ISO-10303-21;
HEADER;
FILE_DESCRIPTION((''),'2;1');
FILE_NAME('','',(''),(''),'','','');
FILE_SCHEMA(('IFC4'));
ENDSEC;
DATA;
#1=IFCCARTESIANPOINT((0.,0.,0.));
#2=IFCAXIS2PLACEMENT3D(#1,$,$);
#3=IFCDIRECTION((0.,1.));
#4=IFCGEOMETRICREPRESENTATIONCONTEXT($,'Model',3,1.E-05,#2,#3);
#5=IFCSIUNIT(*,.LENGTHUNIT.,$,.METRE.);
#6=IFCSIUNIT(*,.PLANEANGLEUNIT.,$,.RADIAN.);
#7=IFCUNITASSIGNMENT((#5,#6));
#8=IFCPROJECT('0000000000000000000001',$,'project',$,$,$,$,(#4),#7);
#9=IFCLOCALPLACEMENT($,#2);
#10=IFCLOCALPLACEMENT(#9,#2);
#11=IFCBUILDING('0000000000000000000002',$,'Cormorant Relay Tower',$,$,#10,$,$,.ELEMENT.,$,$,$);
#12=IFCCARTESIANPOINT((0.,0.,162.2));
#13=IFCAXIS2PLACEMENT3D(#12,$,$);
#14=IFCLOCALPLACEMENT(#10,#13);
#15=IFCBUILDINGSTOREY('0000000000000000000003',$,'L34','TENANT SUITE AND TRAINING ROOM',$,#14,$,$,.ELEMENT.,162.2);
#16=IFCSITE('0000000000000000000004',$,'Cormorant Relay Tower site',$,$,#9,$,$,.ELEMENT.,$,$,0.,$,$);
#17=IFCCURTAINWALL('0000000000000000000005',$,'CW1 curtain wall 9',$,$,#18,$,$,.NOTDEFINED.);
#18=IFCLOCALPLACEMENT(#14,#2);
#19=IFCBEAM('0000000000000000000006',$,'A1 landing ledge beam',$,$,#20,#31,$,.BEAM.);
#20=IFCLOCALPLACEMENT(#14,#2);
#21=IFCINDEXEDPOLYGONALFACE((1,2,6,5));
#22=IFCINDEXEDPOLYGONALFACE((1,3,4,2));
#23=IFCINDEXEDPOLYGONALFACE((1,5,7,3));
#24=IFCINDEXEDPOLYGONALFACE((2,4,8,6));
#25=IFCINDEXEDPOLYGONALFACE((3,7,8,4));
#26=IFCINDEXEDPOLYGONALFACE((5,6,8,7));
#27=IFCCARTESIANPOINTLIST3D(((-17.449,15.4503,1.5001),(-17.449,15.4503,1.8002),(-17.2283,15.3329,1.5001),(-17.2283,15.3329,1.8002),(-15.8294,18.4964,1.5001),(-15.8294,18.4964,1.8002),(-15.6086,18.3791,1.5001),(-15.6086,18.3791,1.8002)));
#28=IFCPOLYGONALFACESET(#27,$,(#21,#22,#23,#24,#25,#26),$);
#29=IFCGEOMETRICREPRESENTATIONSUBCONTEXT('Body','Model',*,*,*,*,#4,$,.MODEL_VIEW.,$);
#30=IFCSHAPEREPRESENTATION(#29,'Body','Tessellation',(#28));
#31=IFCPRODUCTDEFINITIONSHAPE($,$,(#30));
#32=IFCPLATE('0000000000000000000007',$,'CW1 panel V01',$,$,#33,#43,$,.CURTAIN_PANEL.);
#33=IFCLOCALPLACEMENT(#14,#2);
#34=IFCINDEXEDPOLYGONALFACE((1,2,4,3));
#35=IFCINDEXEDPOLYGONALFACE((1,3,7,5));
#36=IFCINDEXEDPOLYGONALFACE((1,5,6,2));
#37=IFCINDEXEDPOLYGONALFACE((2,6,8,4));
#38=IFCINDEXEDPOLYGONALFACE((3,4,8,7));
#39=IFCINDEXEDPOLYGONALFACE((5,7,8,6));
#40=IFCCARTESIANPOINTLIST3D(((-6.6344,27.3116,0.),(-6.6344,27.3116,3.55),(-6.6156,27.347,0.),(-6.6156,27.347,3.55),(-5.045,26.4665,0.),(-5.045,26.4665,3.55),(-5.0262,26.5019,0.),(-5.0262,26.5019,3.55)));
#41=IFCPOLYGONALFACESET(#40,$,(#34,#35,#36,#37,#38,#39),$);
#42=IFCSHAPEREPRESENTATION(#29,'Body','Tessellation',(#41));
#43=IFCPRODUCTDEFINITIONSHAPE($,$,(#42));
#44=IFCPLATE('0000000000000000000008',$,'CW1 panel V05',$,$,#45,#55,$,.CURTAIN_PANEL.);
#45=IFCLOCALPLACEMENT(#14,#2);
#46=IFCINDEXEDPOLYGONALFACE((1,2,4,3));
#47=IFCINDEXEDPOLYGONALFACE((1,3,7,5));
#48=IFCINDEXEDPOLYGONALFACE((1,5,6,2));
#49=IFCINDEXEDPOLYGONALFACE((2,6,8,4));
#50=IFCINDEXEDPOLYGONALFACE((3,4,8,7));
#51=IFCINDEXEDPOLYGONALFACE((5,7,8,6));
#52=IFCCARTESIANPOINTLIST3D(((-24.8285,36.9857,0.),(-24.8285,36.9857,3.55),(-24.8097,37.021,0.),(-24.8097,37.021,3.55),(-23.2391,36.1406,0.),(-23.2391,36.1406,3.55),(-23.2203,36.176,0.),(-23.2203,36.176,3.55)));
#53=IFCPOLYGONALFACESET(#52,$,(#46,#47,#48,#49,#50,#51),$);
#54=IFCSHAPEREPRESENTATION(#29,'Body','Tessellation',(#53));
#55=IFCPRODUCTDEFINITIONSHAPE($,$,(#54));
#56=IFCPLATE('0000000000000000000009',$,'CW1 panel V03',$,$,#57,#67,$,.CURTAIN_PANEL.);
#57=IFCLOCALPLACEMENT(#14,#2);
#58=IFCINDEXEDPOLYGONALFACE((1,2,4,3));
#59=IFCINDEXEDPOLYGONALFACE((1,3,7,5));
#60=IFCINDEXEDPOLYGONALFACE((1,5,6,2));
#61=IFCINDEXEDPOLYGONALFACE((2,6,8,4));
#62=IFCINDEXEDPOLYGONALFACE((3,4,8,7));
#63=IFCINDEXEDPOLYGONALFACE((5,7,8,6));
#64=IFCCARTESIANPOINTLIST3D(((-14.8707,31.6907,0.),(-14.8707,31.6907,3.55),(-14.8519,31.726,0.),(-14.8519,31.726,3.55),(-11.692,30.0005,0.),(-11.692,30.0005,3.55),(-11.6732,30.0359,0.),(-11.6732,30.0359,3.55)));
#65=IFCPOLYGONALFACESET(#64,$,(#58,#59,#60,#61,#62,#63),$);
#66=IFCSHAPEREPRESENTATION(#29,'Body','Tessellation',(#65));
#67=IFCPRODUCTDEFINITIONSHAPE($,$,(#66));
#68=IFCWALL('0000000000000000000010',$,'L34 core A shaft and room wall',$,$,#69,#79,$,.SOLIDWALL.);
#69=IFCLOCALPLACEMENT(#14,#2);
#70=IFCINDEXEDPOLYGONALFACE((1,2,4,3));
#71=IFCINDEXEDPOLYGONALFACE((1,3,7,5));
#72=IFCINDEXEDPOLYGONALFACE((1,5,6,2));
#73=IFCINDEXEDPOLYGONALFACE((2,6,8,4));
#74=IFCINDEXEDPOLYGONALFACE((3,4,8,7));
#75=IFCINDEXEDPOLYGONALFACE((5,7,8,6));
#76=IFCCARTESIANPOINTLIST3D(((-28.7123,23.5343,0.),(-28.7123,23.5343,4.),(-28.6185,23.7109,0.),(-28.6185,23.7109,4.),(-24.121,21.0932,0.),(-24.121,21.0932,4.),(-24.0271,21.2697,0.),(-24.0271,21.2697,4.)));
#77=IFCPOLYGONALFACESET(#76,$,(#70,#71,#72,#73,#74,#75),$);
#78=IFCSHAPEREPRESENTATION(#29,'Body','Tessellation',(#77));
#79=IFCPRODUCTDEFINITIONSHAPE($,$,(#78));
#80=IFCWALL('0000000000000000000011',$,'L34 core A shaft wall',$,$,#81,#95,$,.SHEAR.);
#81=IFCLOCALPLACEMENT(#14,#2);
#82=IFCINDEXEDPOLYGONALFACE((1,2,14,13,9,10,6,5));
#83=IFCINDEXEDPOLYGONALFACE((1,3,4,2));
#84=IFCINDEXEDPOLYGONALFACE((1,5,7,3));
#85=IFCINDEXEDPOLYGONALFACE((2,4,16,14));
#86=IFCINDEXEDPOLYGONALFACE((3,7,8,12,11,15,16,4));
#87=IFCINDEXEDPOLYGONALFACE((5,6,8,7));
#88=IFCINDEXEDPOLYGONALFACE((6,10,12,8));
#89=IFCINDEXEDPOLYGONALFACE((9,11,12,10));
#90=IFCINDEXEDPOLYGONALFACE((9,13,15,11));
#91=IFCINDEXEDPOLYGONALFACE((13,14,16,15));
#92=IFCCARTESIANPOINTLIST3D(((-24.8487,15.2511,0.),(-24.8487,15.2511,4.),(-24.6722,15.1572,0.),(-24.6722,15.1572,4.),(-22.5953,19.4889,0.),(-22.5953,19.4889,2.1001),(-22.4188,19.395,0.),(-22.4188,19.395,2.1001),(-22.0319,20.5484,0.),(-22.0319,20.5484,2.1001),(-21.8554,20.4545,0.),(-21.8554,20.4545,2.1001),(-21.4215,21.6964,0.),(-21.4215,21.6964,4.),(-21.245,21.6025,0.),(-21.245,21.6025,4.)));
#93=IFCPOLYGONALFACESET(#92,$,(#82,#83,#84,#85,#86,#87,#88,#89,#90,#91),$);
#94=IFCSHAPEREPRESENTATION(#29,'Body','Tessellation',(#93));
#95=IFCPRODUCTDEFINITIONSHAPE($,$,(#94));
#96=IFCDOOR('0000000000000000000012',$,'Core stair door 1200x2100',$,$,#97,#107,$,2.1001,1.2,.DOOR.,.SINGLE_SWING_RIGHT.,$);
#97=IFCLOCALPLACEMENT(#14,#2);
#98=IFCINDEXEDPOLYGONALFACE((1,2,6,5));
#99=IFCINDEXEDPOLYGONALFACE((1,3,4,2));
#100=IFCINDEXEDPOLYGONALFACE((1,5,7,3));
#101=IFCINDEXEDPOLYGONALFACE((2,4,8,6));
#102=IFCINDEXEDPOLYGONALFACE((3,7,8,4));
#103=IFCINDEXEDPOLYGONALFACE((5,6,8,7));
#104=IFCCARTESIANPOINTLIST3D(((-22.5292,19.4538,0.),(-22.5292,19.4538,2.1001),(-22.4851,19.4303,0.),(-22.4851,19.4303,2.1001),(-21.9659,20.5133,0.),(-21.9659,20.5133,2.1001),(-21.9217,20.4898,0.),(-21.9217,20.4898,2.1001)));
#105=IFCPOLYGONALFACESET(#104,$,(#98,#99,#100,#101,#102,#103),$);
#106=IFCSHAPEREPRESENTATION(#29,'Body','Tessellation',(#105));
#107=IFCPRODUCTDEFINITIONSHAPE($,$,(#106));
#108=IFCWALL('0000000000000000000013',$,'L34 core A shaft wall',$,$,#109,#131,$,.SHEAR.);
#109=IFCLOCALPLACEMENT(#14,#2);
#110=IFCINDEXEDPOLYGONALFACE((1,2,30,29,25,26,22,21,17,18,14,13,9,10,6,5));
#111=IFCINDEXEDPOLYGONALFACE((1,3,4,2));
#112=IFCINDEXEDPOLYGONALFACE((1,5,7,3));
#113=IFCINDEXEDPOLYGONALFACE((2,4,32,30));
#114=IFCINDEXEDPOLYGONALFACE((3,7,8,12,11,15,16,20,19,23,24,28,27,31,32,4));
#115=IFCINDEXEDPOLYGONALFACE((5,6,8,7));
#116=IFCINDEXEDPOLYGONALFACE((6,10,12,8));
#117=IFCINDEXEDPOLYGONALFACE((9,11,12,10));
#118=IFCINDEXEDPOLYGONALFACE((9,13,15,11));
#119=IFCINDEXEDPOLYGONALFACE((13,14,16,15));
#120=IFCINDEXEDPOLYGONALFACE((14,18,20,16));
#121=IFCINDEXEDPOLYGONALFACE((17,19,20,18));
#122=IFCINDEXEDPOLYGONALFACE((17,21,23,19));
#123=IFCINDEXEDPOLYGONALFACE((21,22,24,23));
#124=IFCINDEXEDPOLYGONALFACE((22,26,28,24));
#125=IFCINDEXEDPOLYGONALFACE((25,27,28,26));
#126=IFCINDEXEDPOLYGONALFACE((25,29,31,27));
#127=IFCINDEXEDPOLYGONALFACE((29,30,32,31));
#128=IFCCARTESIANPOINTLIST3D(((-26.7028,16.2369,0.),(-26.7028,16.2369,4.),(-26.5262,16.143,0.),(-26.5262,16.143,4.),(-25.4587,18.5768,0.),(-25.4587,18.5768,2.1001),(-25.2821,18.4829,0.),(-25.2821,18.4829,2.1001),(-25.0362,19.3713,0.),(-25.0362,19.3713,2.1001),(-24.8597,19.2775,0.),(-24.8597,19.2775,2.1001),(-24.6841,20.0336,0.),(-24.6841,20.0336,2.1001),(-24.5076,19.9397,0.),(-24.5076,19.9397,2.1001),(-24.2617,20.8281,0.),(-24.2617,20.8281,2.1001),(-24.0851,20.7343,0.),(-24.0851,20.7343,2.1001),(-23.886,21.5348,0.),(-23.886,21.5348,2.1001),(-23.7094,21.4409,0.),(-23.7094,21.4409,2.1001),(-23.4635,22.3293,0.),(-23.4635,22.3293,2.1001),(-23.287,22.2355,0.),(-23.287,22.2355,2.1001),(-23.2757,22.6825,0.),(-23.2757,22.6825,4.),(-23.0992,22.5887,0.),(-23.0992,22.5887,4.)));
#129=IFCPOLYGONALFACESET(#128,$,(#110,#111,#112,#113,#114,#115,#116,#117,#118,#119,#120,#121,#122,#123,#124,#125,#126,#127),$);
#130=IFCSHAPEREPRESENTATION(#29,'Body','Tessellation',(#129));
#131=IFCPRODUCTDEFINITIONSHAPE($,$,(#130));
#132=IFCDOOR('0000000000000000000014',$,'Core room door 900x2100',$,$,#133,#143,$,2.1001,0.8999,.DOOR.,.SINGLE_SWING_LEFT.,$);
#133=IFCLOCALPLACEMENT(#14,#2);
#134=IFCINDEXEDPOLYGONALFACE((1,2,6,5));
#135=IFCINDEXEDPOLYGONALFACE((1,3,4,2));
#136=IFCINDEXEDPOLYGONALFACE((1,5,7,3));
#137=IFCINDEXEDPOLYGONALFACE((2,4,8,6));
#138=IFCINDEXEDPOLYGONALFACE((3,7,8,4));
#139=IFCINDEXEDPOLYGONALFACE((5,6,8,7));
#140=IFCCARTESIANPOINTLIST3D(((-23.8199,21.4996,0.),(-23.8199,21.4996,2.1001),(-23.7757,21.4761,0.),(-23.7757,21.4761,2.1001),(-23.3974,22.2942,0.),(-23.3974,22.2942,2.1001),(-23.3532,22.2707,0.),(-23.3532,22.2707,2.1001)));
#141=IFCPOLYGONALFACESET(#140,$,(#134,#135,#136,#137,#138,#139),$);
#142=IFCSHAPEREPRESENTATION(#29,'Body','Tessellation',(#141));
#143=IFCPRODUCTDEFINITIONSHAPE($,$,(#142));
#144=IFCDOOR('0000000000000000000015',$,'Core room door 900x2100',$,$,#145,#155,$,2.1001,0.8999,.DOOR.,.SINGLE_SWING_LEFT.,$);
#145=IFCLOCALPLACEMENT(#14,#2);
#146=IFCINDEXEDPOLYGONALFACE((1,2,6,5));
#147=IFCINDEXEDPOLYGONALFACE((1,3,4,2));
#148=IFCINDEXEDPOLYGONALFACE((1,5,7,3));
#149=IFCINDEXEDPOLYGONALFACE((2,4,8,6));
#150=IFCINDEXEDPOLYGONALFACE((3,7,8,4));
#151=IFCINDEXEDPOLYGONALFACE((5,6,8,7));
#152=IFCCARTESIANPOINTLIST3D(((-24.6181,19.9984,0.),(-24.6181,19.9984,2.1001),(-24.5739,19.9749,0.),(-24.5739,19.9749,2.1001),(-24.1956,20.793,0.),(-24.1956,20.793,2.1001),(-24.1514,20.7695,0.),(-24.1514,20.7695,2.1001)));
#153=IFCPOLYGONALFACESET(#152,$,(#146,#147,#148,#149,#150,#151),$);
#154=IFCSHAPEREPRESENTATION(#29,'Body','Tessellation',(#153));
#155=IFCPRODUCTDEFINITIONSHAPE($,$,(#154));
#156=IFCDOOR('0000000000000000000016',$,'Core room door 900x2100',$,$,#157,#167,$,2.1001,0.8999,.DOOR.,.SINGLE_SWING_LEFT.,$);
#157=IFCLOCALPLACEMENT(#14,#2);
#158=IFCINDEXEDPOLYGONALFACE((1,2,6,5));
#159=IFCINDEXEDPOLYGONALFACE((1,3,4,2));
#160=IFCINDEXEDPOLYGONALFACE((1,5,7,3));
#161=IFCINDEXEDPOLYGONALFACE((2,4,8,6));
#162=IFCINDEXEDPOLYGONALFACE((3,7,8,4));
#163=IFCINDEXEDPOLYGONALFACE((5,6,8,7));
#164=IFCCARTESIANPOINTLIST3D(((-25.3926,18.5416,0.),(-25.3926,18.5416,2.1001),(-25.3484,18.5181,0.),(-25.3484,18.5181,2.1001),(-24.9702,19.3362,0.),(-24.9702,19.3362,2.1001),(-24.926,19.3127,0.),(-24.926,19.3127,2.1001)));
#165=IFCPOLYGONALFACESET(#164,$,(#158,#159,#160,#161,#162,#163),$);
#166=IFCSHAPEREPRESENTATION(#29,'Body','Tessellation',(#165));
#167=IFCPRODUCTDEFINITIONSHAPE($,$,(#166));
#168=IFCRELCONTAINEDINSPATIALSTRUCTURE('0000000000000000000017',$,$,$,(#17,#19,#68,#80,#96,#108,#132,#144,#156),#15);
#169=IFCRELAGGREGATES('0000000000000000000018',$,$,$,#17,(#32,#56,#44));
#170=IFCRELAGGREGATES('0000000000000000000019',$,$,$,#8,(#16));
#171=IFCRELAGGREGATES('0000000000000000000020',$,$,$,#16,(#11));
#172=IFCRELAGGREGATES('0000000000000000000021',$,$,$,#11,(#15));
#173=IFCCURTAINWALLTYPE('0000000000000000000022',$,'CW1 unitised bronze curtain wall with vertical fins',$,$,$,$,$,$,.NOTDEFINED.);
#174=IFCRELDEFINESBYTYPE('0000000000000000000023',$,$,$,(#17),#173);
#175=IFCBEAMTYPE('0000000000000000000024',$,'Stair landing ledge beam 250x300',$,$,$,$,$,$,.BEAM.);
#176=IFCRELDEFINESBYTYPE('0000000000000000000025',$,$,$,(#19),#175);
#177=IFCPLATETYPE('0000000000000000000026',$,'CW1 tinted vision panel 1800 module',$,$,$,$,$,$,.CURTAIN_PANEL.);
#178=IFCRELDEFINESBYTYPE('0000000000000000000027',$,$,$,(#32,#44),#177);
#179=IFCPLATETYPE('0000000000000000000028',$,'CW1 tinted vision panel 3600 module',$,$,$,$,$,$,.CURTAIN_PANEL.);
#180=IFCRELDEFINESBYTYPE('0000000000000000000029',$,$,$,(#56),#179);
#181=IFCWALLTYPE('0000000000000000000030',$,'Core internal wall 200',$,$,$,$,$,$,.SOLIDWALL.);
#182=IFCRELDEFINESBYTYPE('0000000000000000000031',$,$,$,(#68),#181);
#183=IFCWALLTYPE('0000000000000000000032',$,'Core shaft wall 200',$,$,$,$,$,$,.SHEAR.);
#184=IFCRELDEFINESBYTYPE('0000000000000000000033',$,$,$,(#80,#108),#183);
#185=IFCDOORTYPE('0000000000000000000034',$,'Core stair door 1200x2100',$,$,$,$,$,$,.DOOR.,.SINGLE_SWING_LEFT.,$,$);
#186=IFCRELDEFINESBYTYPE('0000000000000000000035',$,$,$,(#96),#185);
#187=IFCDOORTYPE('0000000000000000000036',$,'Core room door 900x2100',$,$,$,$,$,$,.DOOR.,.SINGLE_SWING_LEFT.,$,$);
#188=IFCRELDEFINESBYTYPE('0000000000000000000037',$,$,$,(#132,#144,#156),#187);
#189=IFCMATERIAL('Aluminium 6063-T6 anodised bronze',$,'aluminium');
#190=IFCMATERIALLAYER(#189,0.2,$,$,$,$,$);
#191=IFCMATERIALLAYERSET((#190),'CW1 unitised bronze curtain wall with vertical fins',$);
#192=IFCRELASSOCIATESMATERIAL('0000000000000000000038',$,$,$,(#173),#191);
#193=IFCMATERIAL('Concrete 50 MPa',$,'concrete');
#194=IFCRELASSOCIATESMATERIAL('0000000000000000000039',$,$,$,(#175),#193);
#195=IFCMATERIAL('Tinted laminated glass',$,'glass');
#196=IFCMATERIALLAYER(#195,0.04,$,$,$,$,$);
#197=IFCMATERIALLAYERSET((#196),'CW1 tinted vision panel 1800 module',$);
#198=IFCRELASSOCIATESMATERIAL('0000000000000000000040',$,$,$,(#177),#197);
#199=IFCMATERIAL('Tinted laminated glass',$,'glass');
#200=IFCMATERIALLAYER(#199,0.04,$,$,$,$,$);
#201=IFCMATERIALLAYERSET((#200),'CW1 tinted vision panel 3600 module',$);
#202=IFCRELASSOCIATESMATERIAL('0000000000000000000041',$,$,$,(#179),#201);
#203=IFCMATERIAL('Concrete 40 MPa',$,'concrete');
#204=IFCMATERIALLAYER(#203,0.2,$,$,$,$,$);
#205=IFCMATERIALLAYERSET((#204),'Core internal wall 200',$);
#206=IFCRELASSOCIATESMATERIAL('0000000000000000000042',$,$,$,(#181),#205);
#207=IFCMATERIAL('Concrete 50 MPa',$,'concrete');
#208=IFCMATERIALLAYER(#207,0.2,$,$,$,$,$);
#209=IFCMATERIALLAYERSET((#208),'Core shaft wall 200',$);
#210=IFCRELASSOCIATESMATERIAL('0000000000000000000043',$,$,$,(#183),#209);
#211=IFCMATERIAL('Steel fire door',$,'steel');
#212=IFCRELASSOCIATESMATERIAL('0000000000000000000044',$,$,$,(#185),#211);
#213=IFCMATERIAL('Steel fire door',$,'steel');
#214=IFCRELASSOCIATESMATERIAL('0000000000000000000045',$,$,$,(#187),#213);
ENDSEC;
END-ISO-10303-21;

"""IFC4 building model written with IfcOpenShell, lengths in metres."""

from ifc_helpers import new_model, si_unit, direction, frame, frame_2d, origin, origin_2d, place, context, subcontext, project, spatial, rectangle, extrude, material, layer, layer_set, material_profile, profile_set, type_object, element, fill, aggregate, save


model = new_model("IFC4")

# Units and contexts
model_context = context("Model", 3, precision=1e-05, world=origin(), true_north=direction((0.0, 1.0)))
body_context = subcontext(model_context, "Body", "Model", "MODEL_VIEW")
ifc_project = project(units=[si_unit("LENGTHUNIT", "METRE"), si_unit("PLANEANGLEUNIT", "RADIAN")], contexts=[model_context])

# Site, building, storey
site_placement = place(None, origin())
site = spatial("IfcSite", under=ifc_project, at=site_placement, Name="Cormorant Relay Tower site", CompositionType="ELEMENT", RefElevation=0.0)
building_placement = place(site_placement, origin())
building = spatial("IfcBuilding", under=site, at=building_placement, Name="Cormorant Relay Tower", CompositionType="ELEMENT")
storey_placement = place(building_placement, frame((0.0, 0.0, 162.2)))
storey = spatial("IfcBuildingStorey", under=building, at=storey_placement, Name="L34", Description="TENANT SUITE AND TRAINING ROOM", CompositionType="ELEMENT", Elevation=162.2)

# Curtain wall
ifc_material_1 = material(Name="Aluminium 6063-T6 anodised bronze", Category="aluminium")
ifc_layer_1 = layer(ifc_material_1, 0.2)
ifc_layer_set_1 = layer_set([ifc_layer_1], Name="CW1 unitised bronze curtain wall with vertical fins")
curtain_wall_type = type_object("IfcCurtainWallType", Name="CW1 unitised bronze curtain wall with vertical fins", PredefinedType="NOTDEFINED", material=ifc_layer_set_1)
curtain_wall_placement = place(storey_placement, origin())
curtain_wall = element("IfcCurtainWall", 1, at=curtain_wall_placement, inside=storey, type_object=curtain_wall_type, Name="CW1 curtain wall 9", PredefinedType="NOTDEFINED")

# Beam
ifc_material_2 = material(Name="Concrete 50 MPa", Category="concrete")
ifc_material_profile_1 = material_profile(ifc_material_2, rectangle(XDim=0.25, YDim=0.3, at=origin_2d()), Name="RC 250x300")
ifc_profile_set_1 = profile_set([ifc_material_profile_1], Name="Concrete 50 MPa")
beam_type_1 = type_object("IfcBeamType", Name="Stair landing ledge beam 250x300", PredefinedType="BEAM", material=ifc_profile_set_1)
beam_1_placement = place(storey_placement, frame((-17.3386, 15.3916, 1.6501), z_axis=(0.469464, 0.882952, 0.0), x_axis=(-0.882952, 0.469464, 0.0)))
element("IfcBeam", 2, at=beam_1_placement, inside=storey, type_object=beam_type_1, Name="A1 landing ledge beam", PredefinedType="BEAM", context=body_context, shape_type="SweptSolid", body=[
    extrude(rectangle(XDim=0.25, YDim=0.3, at=origin_2d()), origin(), (0.0, 0.0, 1.0), 3.45),
])

# Plates
ifc_material_3 = material(Name="Tinted laminated glass", Category="glass")
ifc_layer_2 = layer(ifc_material_3, 0.04)
ifc_layer_set_2 = layer_set([ifc_layer_2], Name="CW1 tinted vision panel 1800 module")
plate_type_1 = type_object("IfcPlateType", Name="CW1 tinted vision panel 1800 module", PredefinedType="CURTAIN_PANEL", material=ifc_layer_set_2)
plate_1_placement = place(storey_placement, frame((-5.8303, 26.9067, 0.0), z_axis=(0.0, 0.0, 1.0), x_axis=(-0.882948, 0.469472, 0.0)))
plate_1 = element("IfcPlate", 3, at=plate_1_placement, type_object=plate_type_1, Name="CW1 panel V01", PredefinedType="CURTAIN_PANEL", context=body_context, shape_type="SweptSolid", body=[
    extrude(rectangle(XDim=1.8, YDim=0.04, at=origin_2d()), origin(), (0.0, 0.0, 1.0), 3.55),
])
plate_2_placement = place(storey_placement, frame((-24.0244, 36.5808, 0.0), z_axis=(0.0, 0.0, 1.0), x_axis=(-0.882948, 0.469472, 0.0)))
plate_2 = element("IfcPlate", 4, at=plate_2_placement, type_object=plate_type_1, Name="CW1 panel V05", PredefinedType="CURTAIN_PANEL", context=body_context, shape_type="SweptSolid", body=[
    extrude(rectangle(XDim=1.8, YDim=0.04, at=origin_2d()), origin(), (0.0, 0.0, 1.0), 3.55),
])
ifc_material_4 = material(Name="Tinted laminated glass", Category="glass")
ifc_layer_3 = layer(ifc_material_4, 0.04)
ifc_layer_set_3 = layer_set([ifc_layer_3], Name="CW1 tinted vision panel 3600 module")
plate_type_2 = type_object("IfcPlateType", Name="CW1 tinted vision panel 3600 module", PredefinedType="CURTAIN_PANEL", material=ifc_layer_set_3)
plate_3_placement = place(storey_placement, frame((-13.272, 30.8633, 0.0), z_axis=(0.0, 0.0, 1.0), x_axis=(-0.882948, 0.469472, 0.0)))
plate_3 = element("IfcPlate", 5, at=plate_3_placement, type_object=plate_type_2, Name="CW1 panel V03", PredefinedType="CURTAIN_PANEL", context=body_context, shape_type="SweptSolid", body=[
    extrude(rectangle(XDim=3.6001, YDim=0.04, at=origin_2d()), origin(), (0.0, 0.0, 1.0), 3.55),
])

# Wall
ifc_material_5 = material(Name="Concrete 40 MPa", Category="concrete")
ifc_layer_4 = layer(ifc_material_5, 0.2)
ifc_layer_set_4 = layer_set([ifc_layer_4], Name="Core internal wall 200")
wall_type_1 = type_object("IfcWallType", Name="Core internal wall 200", PredefinedType="SOLIDWALL", material=ifc_layer_set_4)
wall_1_placement = place(storey_placement, frame((-24.074, 21.1814, 0.0), z_axis=(0.0, 0.0, 1.0), x_axis=(-0.882954, 0.46946, 0.0)))
element("IfcWall", 6, at=wall_1_placement, inside=storey, type_object=wall_type_1, Name="L34 core A shaft and room wall", PredefinedType="SOLIDWALL", context=body_context, shape_type="SweptSolid", body=[
    extrude(rectangle(XDim=5.2, YDim=0.2, at=frame_2d((2.6001, 0.0))), origin(), (0.0, 0.0, 1.0), 4.0),
])

# Wall, opening, door
ifc_material_6 = material(Name="Concrete 50 MPa", Category="concrete")
ifc_layer_5 = layer(ifc_material_6, 0.2)
ifc_layer_set_5 = layer_set([ifc_layer_5], Name="Core shaft wall 200")
wall_type_2 = type_object("IfcWallType", Name="Core shaft wall 200", PredefinedType="SHEAR", material=ifc_layer_set_5)
wall_2_placement = place(storey_placement, frame((-21.3333, 21.6494, 0.0), z_axis=(0.0, 0.0, 1.0), x_axis=(-0.469494, -0.882936, 0.0)))
wall_2 = element("IfcWall", 7, at=wall_2_placement, inside=storey, type_object=wall_type_2, Name="L34 core A shaft wall", PredefinedType="SHEAR", context=body_context, shape_type="SweptSolid", body=[
    extrude(rectangle(XDim=7.2998, YDim=0.2, at=frame_2d((3.6499, 0.0))), origin(), (0.0, 0.0, 1.0), 4.0),
])
opening_1_placement = place(wall_2_placement, frame((1.3, 0.0, 0.0)))
opening_1 = element("IfcOpeningElement", 8, at=opening_1_placement, cuts=wall_2, PredefinedType="OPENING", context=body_context, shape_type="SweptSolid", body=[
    extrude(rectangle(XDim=1.2, YDim=2.1001, at=frame_2d((0.6001, 1.05))), frame((0.0, 0.1099, 0.0), z_axis=(0.0, -1.0, 0.0), x_axis=(1.0, 0.0, 0.0)), (0.0, 0.0, 1.0), 0.22),
])
ifc_material_7 = material(Name="Steel fire door", Category="steel")
door_type_1 = type_object("IfcDoorType", Name="Core stair door 1200x2100", OperationType="SINGLE_SWING_LEFT", PredefinedType="DOOR", material=ifc_material_7)
door_1_placement = place(opening_1_placement, origin())
door_1 = element("IfcDoor", 9, at=door_1_placement, inside=storey, type_object=door_type_1, Name="Core stair door 1200x2100", OperationType="SINGLE_SWING_RIGHT", OverallHeight=2.1001, OverallWidth=1.2, PredefinedType="DOOR", context=body_context, shape_type="SweptSolid", body=[
    extrude(rectangle(XDim=1.2, YDim=2.1001, at=frame_2d((0.6001, 1.05))), frame((0.0, 0.0249, 0.0), z_axis=(0.0, -1.0, 0.0), x_axis=(1.0, 0.0, 0.0)), (0.0, 0.0, 1.0), 0.05),
])
fill(opening_1, door_1)

# Wall, openings, doors
wall_3_placement = place(storey_placement, frame((-23.1875, 22.6355, 0.0), z_axis=(0.0, 0.0, 1.0), x_axis=(-0.469454, -0.882957, 0.0)))
wall_3 = element("IfcWall", 10, at=wall_3_placement, inside=storey, type_object=wall_type_2, Name="L34 core A shaft wall", PredefinedType="SHEAR", context=body_context, shape_type="SweptSolid", body=[
    extrude(rectangle(XDim=7.3, YDim=0.2, at=frame_2d((3.6499, 0.0))), origin(), (0.0, 0.0, 1.0), 4.0),
])
opening_2_placement = place(wall_3_placement, frame((0.3999, 0.0, 0.0)))
opening_2 = element("IfcOpeningElement", 11, at=opening_2_placement, cuts=wall_3, PredefinedType="OPENING", context=body_context, shape_type="SweptSolid", body=[
    extrude(rectangle(XDim=0.8999, YDim=2.1001, at=frame_2d((0.45, 1.05))), frame((0.0, 0.1099, 0.0), z_axis=(0.0, -1.0, 0.0), x_axis=(1.0, 0.0, 0.0)), (0.0, 0.0, 1.0), 0.22),
])
opening_3_placement = place(wall_3_placement, frame((2.1001, 0.0, 0.0)))
opening_3 = element("IfcOpeningElement", 12, at=opening_3_placement, cuts=wall_3, PredefinedType="OPENING", context=body_context, shape_type="SweptSolid", body=[
    extrude(rectangle(XDim=0.8999, YDim=2.1001, at=frame_2d((0.45, 1.05))), frame((0.0, 0.1099, 0.0), z_axis=(0.0, -1.0, 0.0), x_axis=(1.0, 0.0, 0.0)), (0.0, 0.0, 1.0), 0.22),
])
opening_4_placement = place(wall_3_placement, frame((3.75, 0.0, 0.0)))
opening_4 = element("IfcOpeningElement", 13, at=opening_4_placement, cuts=wall_3, PredefinedType="OPENING", context=body_context, shape_type="SweptSolid", body=[
    extrude(rectangle(XDim=0.8999, YDim=2.1001, at=frame_2d((0.45, 1.05))), frame((0.0, 0.1099, 0.0), z_axis=(0.0, -1.0, 0.0), x_axis=(1.0, 0.0, 0.0)), (0.0, 0.0, 1.0), 0.22),
])
ifc_material_8 = material(Name="Steel fire door", Category="steel")
door_type_2 = type_object("IfcDoorType", Name="Core room door 900x2100", OperationType="SINGLE_SWING_LEFT", PredefinedType="DOOR", material=ifc_material_8)
door_2_placement = place(opening_2_placement, origin())
door_2 = element("IfcDoor", 14, at=door_2_placement, inside=storey, type_object=door_type_2, Name="Core room door 900x2100", OperationType="SINGLE_SWING_LEFT", OverallHeight=2.1001, OverallWidth=0.8999, PredefinedType="DOOR", context=body_context, shape_type="SweptSolid", body=[
    extrude(rectangle(XDim=0.8999, YDim=2.1001, at=frame_2d((0.45, 1.05))), frame((0.0, 0.0249, 0.0), z_axis=(0.0, -1.0, 0.0), x_axis=(1.0, 0.0, 0.0)), (0.0, 0.0, 1.0), 0.05),
])
fill(opening_2, door_2)
door_3_placement = place(opening_3_placement, origin())
door_3 = element("IfcDoor", 15, at=door_3_placement, inside=storey, type_object=door_type_2, Name="Core room door 900x2100", OperationType="SINGLE_SWING_LEFT", OverallHeight=2.1001, OverallWidth=0.8999, PredefinedType="DOOR", context=body_context, shape_type="SweptSolid", body=[
    extrude(rectangle(XDim=0.8999, YDim=2.1001, at=frame_2d((0.45, 1.05))), frame((0.0, 0.0249, 0.0), z_axis=(0.0, -1.0, 0.0), x_axis=(1.0, 0.0, 0.0)), (0.0, 0.0, 1.0), 0.05),
])
fill(opening_3, door_3)
door_4_placement = place(opening_4_placement, origin())
door_4 = element("IfcDoor", 16, at=door_4_placement, inside=storey, type_object=door_type_2, Name="Core room door 900x2100", OperationType="SINGLE_SWING_LEFT", OverallHeight=2.1001, OverallWidth=0.8999, PredefinedType="DOOR", context=body_context, shape_type="SweptSolid", body=[
    extrude(rectangle(XDim=0.8999, YDim=2.1001, at=frame_2d((0.45, 1.05))), frame((0.0, 0.0249, 0.0), z_axis=(0.0, -1.0, 0.0), x_axis=(1.0, 0.0, 0.0)), (0.0, 0.0, 1.0), 0.05),
])
fill(opening_4, door_4)

aggregate(curtain_wall, [plate_1, plate_3, plate_2])

save(model, "model.ifc")
